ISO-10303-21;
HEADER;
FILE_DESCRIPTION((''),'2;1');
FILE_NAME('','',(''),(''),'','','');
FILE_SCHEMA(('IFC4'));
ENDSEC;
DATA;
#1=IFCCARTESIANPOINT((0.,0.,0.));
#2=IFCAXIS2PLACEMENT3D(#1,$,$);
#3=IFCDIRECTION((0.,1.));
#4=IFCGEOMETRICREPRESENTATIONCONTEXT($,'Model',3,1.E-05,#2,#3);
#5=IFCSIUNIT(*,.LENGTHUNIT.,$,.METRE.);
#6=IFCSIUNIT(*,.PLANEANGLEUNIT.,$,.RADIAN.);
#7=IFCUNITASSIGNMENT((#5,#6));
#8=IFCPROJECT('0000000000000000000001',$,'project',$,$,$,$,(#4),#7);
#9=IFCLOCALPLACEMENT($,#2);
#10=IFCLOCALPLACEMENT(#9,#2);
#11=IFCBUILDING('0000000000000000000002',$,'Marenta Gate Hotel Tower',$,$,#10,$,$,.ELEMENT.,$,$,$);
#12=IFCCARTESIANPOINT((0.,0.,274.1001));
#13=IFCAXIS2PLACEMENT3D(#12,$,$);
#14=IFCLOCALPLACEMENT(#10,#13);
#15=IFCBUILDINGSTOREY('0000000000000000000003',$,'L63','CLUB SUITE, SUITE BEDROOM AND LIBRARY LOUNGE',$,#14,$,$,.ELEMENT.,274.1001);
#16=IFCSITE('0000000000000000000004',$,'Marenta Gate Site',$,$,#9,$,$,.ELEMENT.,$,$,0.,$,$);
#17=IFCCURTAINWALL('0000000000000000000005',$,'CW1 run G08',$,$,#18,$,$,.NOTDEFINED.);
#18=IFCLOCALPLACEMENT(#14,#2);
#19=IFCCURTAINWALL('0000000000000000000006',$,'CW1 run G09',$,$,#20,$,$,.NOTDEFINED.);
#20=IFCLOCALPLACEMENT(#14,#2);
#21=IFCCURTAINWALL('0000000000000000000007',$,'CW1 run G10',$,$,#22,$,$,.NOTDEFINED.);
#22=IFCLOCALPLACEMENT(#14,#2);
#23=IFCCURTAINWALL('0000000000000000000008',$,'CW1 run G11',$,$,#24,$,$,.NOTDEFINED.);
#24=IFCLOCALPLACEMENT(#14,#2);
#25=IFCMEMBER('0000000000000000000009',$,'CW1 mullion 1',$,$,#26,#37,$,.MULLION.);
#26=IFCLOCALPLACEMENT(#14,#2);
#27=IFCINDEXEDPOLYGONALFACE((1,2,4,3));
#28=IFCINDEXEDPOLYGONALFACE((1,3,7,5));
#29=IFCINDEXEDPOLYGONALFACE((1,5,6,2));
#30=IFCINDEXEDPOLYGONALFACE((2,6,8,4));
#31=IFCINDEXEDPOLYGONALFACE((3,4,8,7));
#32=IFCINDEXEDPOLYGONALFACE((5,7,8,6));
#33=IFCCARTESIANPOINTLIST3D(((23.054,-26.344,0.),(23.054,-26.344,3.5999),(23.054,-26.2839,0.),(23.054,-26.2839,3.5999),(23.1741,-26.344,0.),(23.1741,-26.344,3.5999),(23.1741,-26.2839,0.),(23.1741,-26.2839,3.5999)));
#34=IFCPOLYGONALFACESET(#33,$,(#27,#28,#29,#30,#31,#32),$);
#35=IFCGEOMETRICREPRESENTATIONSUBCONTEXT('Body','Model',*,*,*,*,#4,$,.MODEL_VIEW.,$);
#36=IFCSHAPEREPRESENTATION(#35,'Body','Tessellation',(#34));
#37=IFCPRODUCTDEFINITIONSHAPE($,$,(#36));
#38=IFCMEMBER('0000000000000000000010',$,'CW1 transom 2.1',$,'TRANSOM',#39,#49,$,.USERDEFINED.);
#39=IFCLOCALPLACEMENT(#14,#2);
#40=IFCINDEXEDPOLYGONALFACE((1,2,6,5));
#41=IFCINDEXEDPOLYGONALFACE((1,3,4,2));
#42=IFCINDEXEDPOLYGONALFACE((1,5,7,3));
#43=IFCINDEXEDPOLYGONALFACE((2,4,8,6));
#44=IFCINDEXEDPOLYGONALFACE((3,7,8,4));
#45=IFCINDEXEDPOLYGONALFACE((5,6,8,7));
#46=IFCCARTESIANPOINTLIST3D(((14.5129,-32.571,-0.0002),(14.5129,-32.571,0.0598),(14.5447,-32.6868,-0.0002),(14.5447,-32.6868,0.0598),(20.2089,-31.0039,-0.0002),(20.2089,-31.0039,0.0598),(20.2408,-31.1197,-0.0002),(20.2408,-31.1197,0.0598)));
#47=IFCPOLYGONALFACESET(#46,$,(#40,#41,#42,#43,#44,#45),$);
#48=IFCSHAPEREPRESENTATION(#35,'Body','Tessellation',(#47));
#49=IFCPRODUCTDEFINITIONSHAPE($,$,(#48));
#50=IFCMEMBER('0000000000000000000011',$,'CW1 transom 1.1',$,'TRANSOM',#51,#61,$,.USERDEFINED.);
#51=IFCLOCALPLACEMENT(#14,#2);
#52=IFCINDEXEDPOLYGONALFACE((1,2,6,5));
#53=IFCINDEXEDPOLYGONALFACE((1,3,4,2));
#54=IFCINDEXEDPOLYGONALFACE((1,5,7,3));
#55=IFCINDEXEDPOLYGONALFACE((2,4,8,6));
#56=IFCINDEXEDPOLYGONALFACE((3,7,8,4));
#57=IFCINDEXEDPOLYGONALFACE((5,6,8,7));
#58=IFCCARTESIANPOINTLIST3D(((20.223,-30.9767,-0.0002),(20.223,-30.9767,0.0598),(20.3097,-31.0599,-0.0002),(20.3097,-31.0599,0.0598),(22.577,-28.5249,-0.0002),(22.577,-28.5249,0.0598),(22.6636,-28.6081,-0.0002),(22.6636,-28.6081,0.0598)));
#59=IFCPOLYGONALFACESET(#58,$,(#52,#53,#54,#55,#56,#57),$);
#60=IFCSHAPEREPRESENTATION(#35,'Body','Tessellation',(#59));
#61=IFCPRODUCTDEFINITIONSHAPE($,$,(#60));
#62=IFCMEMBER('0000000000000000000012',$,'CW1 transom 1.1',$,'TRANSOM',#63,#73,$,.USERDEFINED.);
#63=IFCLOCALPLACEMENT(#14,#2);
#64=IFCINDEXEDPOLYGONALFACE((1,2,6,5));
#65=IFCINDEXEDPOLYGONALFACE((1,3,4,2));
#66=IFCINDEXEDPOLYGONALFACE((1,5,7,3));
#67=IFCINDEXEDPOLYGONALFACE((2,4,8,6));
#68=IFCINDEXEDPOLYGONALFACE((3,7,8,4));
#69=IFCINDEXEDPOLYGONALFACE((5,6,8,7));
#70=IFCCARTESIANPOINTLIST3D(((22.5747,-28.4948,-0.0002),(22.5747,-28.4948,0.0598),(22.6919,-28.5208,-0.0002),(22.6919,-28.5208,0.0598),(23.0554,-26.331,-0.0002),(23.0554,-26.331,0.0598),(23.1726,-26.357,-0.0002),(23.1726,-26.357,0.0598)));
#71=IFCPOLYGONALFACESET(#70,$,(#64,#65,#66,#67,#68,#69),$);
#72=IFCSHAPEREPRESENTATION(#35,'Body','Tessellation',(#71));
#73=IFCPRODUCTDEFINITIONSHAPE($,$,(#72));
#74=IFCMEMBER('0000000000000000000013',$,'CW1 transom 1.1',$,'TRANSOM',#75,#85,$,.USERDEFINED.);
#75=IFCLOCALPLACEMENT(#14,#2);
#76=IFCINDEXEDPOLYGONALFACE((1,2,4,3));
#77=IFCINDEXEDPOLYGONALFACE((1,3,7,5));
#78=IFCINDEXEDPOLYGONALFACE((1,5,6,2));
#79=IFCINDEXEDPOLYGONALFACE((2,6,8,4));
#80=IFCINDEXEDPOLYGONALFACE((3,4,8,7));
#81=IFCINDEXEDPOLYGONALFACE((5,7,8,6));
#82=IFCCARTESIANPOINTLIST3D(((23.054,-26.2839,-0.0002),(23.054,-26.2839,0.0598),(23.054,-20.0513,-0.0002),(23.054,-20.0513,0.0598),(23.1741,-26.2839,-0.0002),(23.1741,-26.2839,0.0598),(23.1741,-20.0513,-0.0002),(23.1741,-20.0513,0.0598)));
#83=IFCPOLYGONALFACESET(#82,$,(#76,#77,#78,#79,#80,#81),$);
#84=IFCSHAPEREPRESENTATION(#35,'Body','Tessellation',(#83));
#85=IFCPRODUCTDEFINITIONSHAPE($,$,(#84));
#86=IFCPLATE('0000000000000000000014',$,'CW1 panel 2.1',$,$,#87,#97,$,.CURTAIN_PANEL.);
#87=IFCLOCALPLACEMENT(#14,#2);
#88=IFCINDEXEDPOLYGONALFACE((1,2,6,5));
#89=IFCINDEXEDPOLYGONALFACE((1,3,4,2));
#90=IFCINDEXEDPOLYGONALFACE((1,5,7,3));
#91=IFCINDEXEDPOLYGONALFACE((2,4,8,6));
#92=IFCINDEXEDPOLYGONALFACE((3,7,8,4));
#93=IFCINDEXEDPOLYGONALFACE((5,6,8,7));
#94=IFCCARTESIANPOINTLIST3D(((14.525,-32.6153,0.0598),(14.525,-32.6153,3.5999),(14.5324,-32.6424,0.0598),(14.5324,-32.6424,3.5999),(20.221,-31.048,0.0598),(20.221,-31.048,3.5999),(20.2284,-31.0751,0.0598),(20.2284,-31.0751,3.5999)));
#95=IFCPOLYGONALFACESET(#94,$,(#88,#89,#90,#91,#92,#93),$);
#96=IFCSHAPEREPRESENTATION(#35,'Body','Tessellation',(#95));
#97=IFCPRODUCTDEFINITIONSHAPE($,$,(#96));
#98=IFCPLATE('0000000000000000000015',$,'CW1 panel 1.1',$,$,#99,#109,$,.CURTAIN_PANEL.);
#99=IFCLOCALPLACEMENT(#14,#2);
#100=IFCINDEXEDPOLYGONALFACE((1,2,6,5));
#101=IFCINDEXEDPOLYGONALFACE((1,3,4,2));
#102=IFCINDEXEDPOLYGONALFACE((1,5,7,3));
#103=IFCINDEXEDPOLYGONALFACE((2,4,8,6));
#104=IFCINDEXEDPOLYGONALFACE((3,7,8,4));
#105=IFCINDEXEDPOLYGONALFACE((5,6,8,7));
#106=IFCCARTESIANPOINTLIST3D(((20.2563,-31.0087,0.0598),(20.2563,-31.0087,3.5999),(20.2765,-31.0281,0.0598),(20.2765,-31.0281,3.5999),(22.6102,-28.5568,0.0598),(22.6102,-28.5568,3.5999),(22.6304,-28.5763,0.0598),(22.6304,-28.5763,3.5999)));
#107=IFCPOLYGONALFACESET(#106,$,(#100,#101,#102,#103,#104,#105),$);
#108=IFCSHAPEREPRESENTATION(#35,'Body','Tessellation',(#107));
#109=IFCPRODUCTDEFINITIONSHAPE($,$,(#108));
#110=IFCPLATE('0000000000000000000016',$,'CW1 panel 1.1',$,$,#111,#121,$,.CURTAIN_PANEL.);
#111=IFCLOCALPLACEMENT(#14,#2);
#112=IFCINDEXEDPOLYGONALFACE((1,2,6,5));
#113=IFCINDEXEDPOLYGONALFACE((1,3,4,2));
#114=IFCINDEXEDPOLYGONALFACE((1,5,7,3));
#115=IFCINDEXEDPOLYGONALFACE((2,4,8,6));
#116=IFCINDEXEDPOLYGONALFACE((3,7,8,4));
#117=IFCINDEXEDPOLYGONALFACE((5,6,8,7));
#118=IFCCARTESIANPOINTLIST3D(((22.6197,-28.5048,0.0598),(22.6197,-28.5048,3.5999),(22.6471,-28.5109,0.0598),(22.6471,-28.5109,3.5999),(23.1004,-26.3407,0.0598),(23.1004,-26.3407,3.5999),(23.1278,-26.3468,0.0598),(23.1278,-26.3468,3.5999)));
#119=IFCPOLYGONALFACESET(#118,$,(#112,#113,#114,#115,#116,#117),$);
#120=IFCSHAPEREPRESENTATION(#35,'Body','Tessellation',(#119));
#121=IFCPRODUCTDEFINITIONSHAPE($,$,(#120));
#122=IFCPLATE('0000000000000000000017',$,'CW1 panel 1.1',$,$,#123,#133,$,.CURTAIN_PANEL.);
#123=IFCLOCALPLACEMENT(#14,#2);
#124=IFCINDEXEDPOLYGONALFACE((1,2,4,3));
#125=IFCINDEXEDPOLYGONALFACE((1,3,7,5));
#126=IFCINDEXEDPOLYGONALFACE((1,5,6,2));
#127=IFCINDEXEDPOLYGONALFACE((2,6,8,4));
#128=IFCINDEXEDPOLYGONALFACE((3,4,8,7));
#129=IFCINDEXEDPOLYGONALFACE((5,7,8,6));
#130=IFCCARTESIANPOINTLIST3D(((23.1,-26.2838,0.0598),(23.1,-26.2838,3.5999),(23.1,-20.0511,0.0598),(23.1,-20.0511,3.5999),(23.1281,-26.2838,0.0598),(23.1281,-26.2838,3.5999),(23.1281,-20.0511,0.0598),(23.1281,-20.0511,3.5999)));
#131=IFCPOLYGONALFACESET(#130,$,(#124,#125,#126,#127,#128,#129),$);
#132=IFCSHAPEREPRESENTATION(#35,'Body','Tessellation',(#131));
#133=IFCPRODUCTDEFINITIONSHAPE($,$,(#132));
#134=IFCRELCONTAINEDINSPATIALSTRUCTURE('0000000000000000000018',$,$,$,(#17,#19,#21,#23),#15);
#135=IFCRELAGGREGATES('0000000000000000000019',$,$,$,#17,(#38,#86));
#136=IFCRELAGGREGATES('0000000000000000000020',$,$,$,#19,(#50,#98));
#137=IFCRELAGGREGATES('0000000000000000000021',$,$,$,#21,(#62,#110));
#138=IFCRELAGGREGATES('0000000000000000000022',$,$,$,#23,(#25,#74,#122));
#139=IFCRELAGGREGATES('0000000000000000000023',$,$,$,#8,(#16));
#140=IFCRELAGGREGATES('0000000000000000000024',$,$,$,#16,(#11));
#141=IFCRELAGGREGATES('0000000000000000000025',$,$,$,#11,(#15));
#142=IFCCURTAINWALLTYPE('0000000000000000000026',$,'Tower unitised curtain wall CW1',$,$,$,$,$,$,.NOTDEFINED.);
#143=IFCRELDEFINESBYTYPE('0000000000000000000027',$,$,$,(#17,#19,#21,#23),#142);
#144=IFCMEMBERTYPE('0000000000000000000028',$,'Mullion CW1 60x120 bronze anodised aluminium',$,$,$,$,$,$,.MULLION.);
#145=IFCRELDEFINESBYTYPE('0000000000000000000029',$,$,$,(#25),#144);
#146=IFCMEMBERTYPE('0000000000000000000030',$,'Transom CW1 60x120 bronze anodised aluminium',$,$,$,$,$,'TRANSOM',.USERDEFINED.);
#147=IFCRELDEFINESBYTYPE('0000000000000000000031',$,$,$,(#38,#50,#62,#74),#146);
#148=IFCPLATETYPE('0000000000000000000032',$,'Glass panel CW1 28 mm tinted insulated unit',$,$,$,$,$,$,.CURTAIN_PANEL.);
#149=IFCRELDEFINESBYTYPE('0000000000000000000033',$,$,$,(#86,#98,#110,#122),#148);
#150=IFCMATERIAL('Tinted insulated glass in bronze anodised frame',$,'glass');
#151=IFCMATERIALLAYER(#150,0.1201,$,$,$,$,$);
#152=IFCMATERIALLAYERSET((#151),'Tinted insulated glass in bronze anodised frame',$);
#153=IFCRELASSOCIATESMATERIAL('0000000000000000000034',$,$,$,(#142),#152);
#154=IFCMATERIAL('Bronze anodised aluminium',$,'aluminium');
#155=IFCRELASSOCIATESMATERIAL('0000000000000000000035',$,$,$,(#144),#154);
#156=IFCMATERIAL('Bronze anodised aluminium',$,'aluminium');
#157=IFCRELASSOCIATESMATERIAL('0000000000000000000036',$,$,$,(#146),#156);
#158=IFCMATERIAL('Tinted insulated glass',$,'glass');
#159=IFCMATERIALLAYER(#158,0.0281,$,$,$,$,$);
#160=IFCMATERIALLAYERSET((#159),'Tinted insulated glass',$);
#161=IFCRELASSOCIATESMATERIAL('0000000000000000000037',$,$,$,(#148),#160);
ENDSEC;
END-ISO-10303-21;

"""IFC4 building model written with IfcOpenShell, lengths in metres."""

from ifc_helpers import new_model, si_unit, direction, frame, origin, origin_2d, place, context, subcontext, project, spatial, rectangle, extrude, material, layer, layer_set, material_profile, profile_set, type_object, element, aggregate, save


model = new_model("IFC4")

# Units and contexts
model_context = context("Model", 3, precision=1e-05, world=origin(), true_north=direction((0.0, 1.0)))
body_context = subcontext(model_context, "Body", "Model", "MODEL_VIEW")
ifc_project = project(units=[si_unit("LENGTHUNIT", "METRE"), si_unit("PLANEANGLEUNIT", "RADIAN")], contexts=[model_context])

# Site, building, storey
site_placement = place(None, origin())
site = spatial("IfcSite", under=ifc_project, at=site_placement, Name="Marenta Gate Site", CompositionType="ELEMENT", RefElevation=0.0)
building_placement = place(site_placement, origin())
building = spatial("IfcBuilding", under=site, at=building_placement, Name="Marenta Gate Hotel Tower", CompositionType="ELEMENT")
storey_placement = place(building_placement, frame((0.0, 0.0, 274.1001)))
storey = spatial("IfcBuildingStorey", under=building, at=storey_placement, Name="L63", Description="CLUB SUITE, SUITE BEDROOM AND LIBRARY LOUNGE", CompositionType="ELEMENT", Elevation=274.1001)

# Curtain walls, member
ifc_material_1 = material(Name="Tinted insulated glass in bronze anodised frame", Category="glass")
ifc_layer_1 = layer(ifc_material_1, 0.1201)
ifc_layer_set_1 = layer_set([ifc_layer_1], Name="Tinted insulated glass in bronze anodised frame")
curtain_wall_type = type_object("IfcCurtainWallType", Name="Tower unitised curtain wall CW1", PredefinedType="NOTDEFINED", material=ifc_layer_set_1)
curtain_wall_1_placement = place(storey_placement, origin())
curtain_wall_1 = element("IfcCurtainWall", 1, at=curtain_wall_1_placement, inside=storey, type_object=curtain_wall_type, Name="CW1 run G08", PredefinedType="NOTDEFINED")
ifc_material_2 = material(Name="Bronze anodised aluminium", Category="aluminium")
ifc_material_profile_1 = material_profile(ifc_material_2, rectangle(XDim=0.1201, YDim=0.0601, at=origin_2d()), Name="Mullion CW1 60x120 bronze anodised aluminium")
ifc_profile_set_1 = profile_set([ifc_material_profile_1], Name="Bronze anodised aluminium")
member_type_1 = type_object("IfcMemberType", Name="Mullion CW1 60x120 bronze anodised aluminium", PredefinedType="MULLION", material=ifc_profile_set_1)
curtain_wall_2_placement = place(storey_placement, origin())
curtain_wall_2 = element("IfcCurtainWall", 2, at=curtain_wall_2_placement, inside=storey, type_object=curtain_wall_type, Name="CW1 run G09", PredefinedType="NOTDEFINED")
curtain_wall_3_placement = place(storey_placement, origin())
curtain_wall_3 = element("IfcCurtainWall", 3, at=curtain_wall_3_placement, inside=storey, type_object=curtain_wall_type, Name="CW1 run G10", PredefinedType="NOTDEFINED")
curtain_wall_4_placement = place(storey_placement, origin())
curtain_wall_4 = element("IfcCurtainWall", 4, at=curtain_wall_4_placement, inside=storey, type_object=curtain_wall_type, Name="CW1 run G11", PredefinedType="NOTDEFINED")
member_1_placement = place(storey_placement, frame((23.114, -26.314, 0.0), z_axis=(0.0, 0.0, 1.0), x_axis=(-1.0, 0.0, 0.0)))
member_1 = element("IfcMember", 5, at=member_1_placement, type_object=member_type_1, Name="CW1 mullion 1", PredefinedType="MULLION", context=body_context, shape_type="SweptSolid", body=[
    extrude(rectangle(XDim=0.1201, YDim=0.0601, at=origin_2d()), origin(), (0.0, 0.0, 1.0), 3.5999),
])

# Members
ifc_material_3 = material(Name="Bronze anodised aluminium", Category="aluminium")
ifc_material_profile_2 = material_profile(ifc_material_3, rectangle(XDim=0.1201, YDim=0.0601, at=origin_2d()), Name="Transom CW1 60x120 bronze anodised aluminium")
ifc_profile_set_2 = profile_set([ifc_material_profile_2], Name="Bronze anodised aluminium")
member_type_2 = type_object("IfcMemberType", Name="Transom CW1 60x120 bronze anodised aluminium", ElementType="TRANSOM", PredefinedType="USERDEFINED", material=ifc_profile_set_2)
member_2_placement = place(storey_placement, frame((14.5288, -32.6289, 0.0298), z_axis=(0.964174, 0.265271, 0.0), x_axis=(-0.265271, 0.964174, 0.0)))
member_2 = element("IfcMember", 6, at=member_2_placement, type_object=member_type_2, Name="CW1 transom 2.1", ObjectType="TRANSOM", PredefinedType="USERDEFINED", context=body_context, shape_type="SweptSolid", body=[
    extrude(rectangle(XDim=0.1201, YDim=0.0601, at=origin_2d()), origin(), (0.0, 0.0, 1.0), 5.9077),
])
member_3_placement = place(storey_placement, frame((20.2664, -31.0183, 0.0298), z_axis=(0.692559, 0.721361, 0.0), x_axis=(-0.721361, 0.692559, 0.0)))
member_3 = element("IfcMember", 7, at=member_3_placement, type_object=member_type_2, Name="CW1 transom 1.1", ObjectType="TRANSOM", PredefinedType="USERDEFINED", context=body_context, shape_type="SweptSolid", body=[
    extrude(rectangle(XDim=0.1201, YDim=0.0601, at=origin_2d()), origin(), (0.0, 0.0, 1.0), 3.3989),
])
member_4_placement = place(storey_placement, frame((22.6333, -28.5078, 0.0298), z_axis=(0.216872, 0.9762, 0.0), x_axis=(-0.9762, 0.216872, 0.0)))
member_4 = element("IfcMember", 8, at=member_4_placement, type_object=member_type_2, Name="CW1 transom 1.1", ObjectType="TRANSOM", PredefinedType="USERDEFINED", context=body_context, shape_type="SweptSolid", body=[
    extrude(rectangle(XDim=0.1201, YDim=0.0601, at=origin_2d()), origin(), (0.0, 0.0, 1.0), 2.2166),
])
member_5_placement = place(storey_placement, frame((23.114, -26.2839, 0.0298), z_axis=(0.0, 1.0, 0.0), x_axis=(-1.0, 0.0, 0.0)))
member_5 = element("IfcMember", 9, at=member_5_placement, type_object=member_type_2, Name="CW1 transom 1.1", ObjectType="TRANSOM", PredefinedType="USERDEFINED", context=body_context, shape_type="SweptSolid", body=[
    extrude(rectangle(XDim=0.1201, YDim=0.0601, at=origin_2d()), origin(), (0.0, 0.0, 1.0), 6.2327),
])

# Plates
ifc_material_4 = material(Name="Tinted insulated glass", Category="glass")
ifc_layer_2 = layer(ifc_material_4, 0.0281)
ifc_layer_set_2 = layer_set([ifc_layer_2], Name="Tinted insulated glass")
plate_type = type_object("IfcPlateType", Name="Glass panel CW1 28 mm tinted insulated unit", PredefinedType="CURTAIN_PANEL", material=ifc_layer_set_2)
plate_1_placement = place(storey_placement, frame((17.3767, -31.8452, 0.0598), z_axis=(0.0, 0.0, 1.0), x_axis=(0.964168, 0.265292, 0.0)))
plate_1 = element("IfcPlate", 10, at=plate_1_placement, type_object=plate_type, Name="CW1 panel 2.1", PredefinedType="CURTAIN_PANEL", context=body_context, shape_type="SweptSolid", body=[
    extrude(rectangle(XDim=5.9077, YDim=0.0281, at=origin_2d()), origin(), (0.0, 0.0, 1.0), 3.54),
])
aggregate(curtain_wall_1, [member_2, plate_1])
plate_2_placement = place(storey_placement, frame((21.4434, -29.7925, 0.0598), z_axis=(0.0, 0.0, 1.0), x_axis=(0.692548, 0.721372, 0.0)))
plate_2 = element("IfcPlate", 11, at=plate_2_placement, type_object=plate_type, Name="CW1 panel 1.1", PredefinedType="CURTAIN_PANEL", context=body_context, shape_type="SweptSolid", body=[
    extrude(rectangle(XDim=3.3989, YDim=0.0281, at=origin_2d()), origin(), (0.0, 0.0, 1.0), 3.54),
])
aggregate(curtain_wall_2, [member_3, plate_2])
plate_3_placement = place(storey_placement, frame((22.8738, -27.4258, 0.0598), z_axis=(0.0, 0.0, 1.0), x_axis=(0.216842, 0.976207, 0.0)))
plate_3 = element("IfcPlate", 12, at=plate_3_placement, type_object=plate_type, Name="CW1 panel 1.1", PredefinedType="CURTAIN_PANEL", context=body_context, shape_type="SweptSolid", body=[
    extrude(rectangle(XDim=2.2168, YDim=0.0281, at=origin_2d()), origin(), (0.0, 0.0, 1.0), 3.54),
])
aggregate(curtain_wall_3, [member_4, plate_3])
plate_4_placement = place(storey_placement, frame((23.114, -23.1675, 0.0598), z_axis=(0.0, 0.0, 1.0), x_axis=(0.0, 1.0, 0.0)))
plate_4 = element("IfcPlate", 13, at=plate_4_placement, type_object=plate_type, Name="CW1 panel 1.1", PredefinedType="CURTAIN_PANEL", context=body_context, shape_type="SweptSolid", body=[
    extrude(rectangle(XDim=6.2327, YDim=0.0281, at=origin_2d()), origin(), (0.0, 0.0, 1.0), 3.54),
])
aggregate(curtain_wall_4, [member_1, member_5, plate_4])

save(model, "model.ifc")
